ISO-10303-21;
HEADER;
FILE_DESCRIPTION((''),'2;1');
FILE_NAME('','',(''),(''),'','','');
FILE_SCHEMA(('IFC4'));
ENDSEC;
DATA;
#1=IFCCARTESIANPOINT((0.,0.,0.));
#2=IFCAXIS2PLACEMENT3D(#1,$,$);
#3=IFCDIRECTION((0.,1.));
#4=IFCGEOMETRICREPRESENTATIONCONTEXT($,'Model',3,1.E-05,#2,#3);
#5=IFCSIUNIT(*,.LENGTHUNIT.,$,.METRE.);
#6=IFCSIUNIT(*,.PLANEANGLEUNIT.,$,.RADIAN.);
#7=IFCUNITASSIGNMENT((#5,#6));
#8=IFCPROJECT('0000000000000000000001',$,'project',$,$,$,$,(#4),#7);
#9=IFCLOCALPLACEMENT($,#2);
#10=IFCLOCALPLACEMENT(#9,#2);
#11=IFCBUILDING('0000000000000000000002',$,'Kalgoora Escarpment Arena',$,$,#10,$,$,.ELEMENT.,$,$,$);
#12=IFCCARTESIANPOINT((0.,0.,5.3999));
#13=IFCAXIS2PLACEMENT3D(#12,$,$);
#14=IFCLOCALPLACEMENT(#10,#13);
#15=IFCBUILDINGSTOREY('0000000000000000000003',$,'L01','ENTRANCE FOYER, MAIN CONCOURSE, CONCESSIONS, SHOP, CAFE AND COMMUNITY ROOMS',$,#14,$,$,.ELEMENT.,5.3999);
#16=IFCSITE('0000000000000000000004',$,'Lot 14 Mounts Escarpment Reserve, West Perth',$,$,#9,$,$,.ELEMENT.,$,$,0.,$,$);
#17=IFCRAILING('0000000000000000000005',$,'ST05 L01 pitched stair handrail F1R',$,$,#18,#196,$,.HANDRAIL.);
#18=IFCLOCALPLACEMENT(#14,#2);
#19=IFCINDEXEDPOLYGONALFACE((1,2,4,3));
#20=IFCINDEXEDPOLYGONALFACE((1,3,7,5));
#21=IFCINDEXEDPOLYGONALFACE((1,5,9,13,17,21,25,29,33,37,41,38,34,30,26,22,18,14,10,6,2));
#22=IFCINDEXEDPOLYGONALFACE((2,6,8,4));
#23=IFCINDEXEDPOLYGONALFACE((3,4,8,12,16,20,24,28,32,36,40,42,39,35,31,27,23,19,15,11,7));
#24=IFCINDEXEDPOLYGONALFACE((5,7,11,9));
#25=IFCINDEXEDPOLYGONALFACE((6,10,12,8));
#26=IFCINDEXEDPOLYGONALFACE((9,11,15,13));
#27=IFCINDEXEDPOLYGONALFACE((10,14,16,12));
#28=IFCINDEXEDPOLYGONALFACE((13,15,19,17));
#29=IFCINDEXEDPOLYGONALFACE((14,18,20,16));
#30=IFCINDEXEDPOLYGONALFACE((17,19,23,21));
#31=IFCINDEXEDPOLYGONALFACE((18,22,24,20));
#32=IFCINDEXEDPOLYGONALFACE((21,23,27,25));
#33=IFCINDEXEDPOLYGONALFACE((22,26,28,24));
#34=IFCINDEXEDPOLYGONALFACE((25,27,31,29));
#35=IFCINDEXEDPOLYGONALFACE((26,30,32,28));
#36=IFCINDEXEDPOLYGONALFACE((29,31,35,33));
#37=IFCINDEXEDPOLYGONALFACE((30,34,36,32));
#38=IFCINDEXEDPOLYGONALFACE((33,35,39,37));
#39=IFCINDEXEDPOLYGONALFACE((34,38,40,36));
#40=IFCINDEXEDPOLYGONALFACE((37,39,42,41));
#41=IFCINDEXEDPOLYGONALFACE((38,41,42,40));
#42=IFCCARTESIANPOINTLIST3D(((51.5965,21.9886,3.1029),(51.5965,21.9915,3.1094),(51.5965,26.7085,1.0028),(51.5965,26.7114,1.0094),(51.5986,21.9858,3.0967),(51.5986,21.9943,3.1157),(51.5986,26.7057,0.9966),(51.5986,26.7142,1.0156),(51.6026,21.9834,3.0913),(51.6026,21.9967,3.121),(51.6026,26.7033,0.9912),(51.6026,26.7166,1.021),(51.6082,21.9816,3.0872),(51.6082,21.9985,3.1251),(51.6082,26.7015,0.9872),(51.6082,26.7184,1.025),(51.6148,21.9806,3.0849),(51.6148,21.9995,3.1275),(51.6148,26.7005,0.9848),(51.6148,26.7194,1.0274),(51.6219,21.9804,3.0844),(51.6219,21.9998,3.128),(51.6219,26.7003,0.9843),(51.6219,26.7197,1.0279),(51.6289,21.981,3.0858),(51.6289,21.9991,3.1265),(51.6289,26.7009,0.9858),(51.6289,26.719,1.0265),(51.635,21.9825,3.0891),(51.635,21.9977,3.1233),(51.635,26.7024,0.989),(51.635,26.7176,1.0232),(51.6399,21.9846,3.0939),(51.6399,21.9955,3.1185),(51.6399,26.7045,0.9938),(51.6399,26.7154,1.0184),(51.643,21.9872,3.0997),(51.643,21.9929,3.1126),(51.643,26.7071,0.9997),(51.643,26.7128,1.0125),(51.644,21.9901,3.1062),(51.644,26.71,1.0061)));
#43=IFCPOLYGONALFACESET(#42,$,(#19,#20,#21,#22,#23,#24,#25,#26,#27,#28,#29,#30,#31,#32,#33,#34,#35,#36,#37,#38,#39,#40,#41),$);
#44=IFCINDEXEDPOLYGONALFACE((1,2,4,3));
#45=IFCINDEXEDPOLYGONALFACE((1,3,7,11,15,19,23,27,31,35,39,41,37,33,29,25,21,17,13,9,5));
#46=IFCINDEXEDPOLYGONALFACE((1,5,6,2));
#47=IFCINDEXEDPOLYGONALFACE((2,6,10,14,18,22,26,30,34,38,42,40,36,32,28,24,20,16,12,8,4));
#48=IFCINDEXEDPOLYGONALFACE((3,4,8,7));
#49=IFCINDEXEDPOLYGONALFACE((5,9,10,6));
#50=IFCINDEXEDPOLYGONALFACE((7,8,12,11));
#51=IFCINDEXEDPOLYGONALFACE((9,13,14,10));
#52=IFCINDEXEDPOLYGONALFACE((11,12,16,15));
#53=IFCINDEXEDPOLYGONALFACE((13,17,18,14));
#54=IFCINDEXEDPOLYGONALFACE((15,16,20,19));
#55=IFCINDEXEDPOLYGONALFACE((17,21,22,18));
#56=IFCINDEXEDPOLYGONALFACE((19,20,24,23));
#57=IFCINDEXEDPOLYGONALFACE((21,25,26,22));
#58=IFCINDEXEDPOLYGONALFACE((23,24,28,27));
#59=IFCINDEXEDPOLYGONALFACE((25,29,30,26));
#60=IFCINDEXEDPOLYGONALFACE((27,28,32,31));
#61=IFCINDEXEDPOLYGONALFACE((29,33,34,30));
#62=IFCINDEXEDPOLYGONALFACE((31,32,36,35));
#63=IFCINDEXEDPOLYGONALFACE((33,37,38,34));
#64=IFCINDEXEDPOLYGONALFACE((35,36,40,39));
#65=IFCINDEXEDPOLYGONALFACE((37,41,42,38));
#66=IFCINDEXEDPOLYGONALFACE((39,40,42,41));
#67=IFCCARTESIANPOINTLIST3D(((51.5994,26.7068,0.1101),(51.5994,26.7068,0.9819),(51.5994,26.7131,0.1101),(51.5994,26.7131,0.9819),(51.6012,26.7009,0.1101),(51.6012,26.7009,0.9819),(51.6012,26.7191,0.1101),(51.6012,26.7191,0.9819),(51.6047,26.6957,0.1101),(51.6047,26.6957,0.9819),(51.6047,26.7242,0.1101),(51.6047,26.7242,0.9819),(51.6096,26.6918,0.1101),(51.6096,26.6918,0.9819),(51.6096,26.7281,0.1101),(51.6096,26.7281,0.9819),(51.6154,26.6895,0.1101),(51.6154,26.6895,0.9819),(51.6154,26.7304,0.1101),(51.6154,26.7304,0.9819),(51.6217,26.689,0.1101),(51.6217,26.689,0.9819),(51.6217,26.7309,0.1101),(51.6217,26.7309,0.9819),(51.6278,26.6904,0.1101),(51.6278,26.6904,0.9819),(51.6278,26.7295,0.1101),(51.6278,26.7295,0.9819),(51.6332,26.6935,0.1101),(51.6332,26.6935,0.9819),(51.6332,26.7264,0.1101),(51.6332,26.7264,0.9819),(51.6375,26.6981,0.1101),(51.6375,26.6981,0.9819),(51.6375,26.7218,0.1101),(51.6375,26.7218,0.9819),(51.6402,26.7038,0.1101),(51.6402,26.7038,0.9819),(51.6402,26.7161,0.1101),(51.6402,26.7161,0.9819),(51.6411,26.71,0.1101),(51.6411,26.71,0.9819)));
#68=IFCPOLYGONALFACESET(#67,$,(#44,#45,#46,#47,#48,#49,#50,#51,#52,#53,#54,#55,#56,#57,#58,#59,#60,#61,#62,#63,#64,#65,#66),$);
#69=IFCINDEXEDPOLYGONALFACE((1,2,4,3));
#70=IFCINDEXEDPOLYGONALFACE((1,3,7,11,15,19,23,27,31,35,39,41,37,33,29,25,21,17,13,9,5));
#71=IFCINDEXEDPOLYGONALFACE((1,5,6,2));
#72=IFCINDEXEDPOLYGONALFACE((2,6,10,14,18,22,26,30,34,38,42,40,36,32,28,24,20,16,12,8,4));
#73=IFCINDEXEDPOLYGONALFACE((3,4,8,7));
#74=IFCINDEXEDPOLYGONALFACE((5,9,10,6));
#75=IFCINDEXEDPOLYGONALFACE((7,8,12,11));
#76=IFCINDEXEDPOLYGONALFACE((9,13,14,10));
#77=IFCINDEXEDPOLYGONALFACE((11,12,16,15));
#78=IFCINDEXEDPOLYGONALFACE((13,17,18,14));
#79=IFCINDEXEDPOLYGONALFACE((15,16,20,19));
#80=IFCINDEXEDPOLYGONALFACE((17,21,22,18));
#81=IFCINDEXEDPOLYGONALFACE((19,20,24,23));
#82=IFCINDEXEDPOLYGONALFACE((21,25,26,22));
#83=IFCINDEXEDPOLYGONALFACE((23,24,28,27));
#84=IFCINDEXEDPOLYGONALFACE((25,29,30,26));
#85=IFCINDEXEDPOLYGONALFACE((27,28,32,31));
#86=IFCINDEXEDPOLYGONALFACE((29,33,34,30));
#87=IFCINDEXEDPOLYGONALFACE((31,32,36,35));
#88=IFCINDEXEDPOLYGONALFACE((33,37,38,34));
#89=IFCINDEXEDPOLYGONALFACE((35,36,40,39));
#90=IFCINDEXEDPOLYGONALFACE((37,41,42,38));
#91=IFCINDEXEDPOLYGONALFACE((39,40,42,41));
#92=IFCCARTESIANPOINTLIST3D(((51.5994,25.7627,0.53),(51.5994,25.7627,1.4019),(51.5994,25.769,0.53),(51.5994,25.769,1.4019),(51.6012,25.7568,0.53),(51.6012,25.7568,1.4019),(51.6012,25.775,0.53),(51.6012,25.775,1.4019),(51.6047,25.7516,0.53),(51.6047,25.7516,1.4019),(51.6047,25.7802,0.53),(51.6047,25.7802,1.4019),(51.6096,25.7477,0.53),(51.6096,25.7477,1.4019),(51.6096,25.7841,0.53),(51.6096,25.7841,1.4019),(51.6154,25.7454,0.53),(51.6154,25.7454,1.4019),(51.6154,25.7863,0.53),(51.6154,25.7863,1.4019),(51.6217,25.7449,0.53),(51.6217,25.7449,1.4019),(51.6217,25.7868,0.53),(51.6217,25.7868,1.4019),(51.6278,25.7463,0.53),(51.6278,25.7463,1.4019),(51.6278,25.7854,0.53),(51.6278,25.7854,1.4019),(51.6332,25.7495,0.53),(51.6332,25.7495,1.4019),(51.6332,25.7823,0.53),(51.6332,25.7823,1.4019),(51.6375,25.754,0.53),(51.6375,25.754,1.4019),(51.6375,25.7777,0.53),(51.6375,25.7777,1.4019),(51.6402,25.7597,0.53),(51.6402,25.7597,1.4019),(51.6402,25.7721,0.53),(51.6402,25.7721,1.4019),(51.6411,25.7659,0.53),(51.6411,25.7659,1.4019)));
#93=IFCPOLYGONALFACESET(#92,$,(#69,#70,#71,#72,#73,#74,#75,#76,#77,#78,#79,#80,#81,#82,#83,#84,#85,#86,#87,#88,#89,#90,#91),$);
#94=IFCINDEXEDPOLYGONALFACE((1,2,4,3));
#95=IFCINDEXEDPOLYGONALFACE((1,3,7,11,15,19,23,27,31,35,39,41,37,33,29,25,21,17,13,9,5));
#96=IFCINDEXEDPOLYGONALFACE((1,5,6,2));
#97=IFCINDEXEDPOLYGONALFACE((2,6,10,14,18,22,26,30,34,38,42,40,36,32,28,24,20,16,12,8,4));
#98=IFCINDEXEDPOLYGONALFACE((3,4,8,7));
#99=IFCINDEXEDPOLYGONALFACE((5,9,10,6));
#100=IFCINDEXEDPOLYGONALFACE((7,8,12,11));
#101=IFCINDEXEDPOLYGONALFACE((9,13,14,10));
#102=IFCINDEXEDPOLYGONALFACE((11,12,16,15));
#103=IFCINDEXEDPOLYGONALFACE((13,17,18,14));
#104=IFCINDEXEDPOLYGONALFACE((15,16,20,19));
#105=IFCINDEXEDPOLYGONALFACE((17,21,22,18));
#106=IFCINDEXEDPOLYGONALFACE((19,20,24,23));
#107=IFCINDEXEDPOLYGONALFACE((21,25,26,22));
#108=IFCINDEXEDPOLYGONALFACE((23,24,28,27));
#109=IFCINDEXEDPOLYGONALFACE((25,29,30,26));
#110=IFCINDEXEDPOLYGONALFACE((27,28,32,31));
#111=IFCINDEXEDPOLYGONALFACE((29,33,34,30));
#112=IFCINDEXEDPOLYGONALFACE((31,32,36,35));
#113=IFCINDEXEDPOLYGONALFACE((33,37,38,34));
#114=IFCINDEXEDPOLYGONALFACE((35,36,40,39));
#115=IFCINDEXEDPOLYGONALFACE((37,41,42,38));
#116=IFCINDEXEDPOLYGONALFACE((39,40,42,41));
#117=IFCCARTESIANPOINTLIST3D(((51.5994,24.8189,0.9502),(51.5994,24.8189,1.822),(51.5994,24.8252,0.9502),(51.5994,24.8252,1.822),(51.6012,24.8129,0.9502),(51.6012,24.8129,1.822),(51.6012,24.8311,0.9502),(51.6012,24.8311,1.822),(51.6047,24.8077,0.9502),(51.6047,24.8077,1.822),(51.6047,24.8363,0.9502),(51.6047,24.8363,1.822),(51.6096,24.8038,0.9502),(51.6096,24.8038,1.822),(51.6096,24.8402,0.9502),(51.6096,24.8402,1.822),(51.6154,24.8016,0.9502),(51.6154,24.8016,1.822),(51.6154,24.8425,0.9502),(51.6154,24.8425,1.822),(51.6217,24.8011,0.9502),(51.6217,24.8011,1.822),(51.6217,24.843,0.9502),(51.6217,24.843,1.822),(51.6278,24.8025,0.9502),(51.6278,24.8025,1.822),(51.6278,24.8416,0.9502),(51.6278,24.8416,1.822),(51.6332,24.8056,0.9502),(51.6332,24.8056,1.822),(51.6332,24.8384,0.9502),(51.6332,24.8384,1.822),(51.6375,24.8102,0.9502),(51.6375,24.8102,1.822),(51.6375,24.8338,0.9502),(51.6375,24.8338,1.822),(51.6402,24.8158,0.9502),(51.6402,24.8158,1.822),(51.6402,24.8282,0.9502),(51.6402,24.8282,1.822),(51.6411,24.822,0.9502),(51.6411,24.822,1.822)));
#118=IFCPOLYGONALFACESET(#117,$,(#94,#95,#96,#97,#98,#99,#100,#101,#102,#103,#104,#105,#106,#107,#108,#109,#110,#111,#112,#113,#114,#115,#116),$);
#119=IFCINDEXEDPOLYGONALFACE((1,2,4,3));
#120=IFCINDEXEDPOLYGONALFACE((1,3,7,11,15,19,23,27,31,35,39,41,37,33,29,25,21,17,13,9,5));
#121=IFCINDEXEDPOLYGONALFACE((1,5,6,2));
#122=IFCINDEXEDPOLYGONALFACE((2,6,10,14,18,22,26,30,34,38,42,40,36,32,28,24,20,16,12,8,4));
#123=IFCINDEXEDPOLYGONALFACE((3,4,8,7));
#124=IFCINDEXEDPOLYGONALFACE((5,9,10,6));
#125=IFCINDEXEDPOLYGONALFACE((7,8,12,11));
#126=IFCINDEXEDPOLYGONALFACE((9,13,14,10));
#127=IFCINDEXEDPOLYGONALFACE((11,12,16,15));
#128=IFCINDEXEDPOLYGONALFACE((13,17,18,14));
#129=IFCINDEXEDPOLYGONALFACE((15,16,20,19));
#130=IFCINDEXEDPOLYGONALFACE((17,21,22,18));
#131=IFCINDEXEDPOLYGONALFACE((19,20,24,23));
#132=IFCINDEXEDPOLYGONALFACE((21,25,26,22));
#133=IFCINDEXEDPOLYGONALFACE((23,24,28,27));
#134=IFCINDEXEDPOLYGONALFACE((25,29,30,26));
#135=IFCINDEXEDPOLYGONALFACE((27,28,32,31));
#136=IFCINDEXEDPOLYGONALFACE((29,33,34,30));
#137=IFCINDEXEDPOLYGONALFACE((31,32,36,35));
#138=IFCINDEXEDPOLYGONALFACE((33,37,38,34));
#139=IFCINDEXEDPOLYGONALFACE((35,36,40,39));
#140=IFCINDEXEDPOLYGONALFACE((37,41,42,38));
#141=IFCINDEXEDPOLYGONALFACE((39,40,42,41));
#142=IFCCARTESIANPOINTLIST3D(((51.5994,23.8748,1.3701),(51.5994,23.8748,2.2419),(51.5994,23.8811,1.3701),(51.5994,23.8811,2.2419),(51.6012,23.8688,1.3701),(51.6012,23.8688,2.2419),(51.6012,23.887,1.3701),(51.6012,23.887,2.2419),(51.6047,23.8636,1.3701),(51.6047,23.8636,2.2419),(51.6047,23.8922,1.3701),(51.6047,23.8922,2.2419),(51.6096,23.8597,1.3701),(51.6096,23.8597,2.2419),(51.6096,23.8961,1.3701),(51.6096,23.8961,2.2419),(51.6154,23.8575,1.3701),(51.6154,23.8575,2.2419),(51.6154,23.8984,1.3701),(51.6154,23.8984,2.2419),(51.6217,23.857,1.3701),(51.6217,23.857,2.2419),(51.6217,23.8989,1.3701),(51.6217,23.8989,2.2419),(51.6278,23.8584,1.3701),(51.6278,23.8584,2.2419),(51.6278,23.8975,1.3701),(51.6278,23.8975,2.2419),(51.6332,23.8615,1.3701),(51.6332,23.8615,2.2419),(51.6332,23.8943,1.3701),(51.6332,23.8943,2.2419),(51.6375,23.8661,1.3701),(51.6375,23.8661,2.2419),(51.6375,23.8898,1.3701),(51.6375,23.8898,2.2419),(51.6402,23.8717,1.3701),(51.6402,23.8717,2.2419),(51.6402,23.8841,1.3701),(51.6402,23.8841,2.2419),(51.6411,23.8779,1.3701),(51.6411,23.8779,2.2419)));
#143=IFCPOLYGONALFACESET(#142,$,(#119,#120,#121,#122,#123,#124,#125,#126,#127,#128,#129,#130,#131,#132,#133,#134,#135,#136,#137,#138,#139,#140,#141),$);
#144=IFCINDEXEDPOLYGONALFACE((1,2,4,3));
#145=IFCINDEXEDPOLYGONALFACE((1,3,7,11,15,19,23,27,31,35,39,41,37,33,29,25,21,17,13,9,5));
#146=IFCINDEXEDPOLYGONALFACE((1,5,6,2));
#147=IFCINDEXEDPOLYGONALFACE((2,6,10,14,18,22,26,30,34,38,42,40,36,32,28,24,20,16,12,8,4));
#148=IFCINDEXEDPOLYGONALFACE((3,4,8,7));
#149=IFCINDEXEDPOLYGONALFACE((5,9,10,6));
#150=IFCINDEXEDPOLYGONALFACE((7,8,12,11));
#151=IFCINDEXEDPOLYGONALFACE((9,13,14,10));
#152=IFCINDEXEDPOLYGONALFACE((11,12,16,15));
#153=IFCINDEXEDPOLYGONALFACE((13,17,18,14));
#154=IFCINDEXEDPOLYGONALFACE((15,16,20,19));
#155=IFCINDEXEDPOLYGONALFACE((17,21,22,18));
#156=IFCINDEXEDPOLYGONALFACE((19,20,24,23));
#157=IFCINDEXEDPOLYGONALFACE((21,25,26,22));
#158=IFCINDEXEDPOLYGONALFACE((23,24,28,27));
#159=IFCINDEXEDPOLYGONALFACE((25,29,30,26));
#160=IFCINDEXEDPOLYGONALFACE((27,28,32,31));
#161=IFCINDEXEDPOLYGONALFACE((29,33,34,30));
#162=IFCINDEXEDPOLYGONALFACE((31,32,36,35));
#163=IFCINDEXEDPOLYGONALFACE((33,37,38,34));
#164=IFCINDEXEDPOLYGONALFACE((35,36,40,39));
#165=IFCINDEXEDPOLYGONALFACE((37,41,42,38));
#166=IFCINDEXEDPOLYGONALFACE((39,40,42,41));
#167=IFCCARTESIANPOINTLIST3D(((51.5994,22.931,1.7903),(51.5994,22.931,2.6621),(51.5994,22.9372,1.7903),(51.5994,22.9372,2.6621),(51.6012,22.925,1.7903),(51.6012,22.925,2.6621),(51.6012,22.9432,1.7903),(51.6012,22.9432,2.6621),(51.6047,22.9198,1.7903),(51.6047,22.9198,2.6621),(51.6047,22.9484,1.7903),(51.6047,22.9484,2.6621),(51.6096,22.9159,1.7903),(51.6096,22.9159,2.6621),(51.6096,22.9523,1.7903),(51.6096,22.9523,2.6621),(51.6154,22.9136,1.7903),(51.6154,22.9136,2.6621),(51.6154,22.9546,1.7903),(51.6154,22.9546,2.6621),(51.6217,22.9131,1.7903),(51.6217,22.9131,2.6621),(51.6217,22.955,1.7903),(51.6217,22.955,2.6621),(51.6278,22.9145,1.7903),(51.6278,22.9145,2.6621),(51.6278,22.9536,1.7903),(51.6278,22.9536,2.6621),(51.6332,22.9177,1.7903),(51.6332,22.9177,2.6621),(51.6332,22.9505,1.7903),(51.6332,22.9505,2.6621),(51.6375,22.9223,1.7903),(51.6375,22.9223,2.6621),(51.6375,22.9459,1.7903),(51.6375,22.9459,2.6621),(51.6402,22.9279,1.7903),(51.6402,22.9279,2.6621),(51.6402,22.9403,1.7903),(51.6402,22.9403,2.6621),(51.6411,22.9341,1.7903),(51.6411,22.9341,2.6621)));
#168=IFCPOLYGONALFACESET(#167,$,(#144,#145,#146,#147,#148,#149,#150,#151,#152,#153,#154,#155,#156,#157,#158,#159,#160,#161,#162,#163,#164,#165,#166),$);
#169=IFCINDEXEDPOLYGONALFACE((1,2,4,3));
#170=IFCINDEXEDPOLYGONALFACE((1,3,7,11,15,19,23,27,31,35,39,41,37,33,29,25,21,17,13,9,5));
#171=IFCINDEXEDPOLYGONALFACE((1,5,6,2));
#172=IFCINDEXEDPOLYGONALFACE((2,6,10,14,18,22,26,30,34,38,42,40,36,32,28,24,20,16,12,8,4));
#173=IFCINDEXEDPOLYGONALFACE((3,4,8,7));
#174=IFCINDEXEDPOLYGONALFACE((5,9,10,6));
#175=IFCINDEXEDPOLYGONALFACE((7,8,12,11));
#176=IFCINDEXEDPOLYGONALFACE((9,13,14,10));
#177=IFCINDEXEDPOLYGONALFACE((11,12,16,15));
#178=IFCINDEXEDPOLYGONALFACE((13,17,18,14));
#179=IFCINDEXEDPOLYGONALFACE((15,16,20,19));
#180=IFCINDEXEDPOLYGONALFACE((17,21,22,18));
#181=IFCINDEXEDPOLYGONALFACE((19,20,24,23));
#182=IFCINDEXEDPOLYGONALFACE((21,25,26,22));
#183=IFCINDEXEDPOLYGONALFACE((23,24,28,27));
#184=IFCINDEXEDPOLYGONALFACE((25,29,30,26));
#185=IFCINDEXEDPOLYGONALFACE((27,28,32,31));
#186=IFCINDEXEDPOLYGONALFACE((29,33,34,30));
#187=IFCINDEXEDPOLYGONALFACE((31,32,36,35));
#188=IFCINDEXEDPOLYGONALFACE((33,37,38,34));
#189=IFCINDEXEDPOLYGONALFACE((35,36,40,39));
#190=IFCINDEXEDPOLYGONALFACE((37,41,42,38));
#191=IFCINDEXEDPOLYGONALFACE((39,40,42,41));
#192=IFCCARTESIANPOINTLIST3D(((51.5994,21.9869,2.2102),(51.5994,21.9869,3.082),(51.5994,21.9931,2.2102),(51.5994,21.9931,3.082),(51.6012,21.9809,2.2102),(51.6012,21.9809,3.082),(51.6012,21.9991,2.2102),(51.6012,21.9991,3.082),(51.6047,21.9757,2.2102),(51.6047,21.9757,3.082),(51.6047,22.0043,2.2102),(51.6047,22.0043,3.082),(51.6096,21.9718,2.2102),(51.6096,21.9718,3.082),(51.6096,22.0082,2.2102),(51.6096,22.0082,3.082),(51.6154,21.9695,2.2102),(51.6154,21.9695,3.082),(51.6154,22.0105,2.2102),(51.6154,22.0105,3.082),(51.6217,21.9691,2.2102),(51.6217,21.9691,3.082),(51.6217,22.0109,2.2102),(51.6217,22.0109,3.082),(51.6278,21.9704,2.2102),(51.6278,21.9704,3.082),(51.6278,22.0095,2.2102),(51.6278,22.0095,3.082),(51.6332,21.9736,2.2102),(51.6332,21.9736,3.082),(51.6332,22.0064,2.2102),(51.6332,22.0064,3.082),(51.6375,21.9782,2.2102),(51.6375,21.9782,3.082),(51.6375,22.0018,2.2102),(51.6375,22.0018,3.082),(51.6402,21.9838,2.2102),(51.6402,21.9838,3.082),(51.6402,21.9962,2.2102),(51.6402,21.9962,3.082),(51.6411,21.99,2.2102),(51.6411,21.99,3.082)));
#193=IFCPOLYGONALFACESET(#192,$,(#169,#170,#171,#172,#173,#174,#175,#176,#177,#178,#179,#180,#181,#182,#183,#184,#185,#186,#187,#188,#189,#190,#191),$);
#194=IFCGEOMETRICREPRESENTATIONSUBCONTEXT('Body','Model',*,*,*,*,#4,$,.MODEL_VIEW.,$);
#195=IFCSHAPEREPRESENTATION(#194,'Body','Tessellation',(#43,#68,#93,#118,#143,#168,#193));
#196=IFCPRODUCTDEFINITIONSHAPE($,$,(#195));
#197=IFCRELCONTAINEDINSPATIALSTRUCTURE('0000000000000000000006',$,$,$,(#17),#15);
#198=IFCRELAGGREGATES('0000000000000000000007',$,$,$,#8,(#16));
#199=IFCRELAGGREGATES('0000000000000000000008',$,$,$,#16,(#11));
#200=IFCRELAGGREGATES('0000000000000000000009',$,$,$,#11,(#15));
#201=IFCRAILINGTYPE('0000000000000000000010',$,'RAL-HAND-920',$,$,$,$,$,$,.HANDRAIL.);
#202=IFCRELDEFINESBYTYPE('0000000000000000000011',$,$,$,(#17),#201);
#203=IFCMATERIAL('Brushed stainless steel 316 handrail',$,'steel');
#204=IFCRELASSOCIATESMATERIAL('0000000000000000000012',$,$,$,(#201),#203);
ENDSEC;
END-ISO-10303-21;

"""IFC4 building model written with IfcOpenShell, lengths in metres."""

from ifc_helpers import new_model, si_unit, direction, frame, origin, origin_2d, place, context, subcontext, project, spatial, circle, extrude, material, type_object, element, save


model = new_model("IFC4")

# Units and contexts
model_context = context("Model", 3, precision=1e-05, world=origin(), true_north=direction((0.0, 1.0)))
body_context = subcontext(model_context, "Body", "Model", "MODEL_VIEW")
ifc_project = project(units=[si_unit("LENGTHUNIT", "METRE"), si_unit("PLANEANGLEUNIT", "RADIAN")], contexts=[model_context])

# Site, building, storey
site_placement = place(None, origin())
site = spatial("IfcSite", under=ifc_project, at=site_placement, Name="Lot 14 Mounts Escarpment Reserve, West Perth", CompositionType="ELEMENT", RefElevation=0.0)
building_placement = place(site_placement, origin())
building = spatial("IfcBuilding", under=site, at=building_placement, Name="Kalgoora Escarpment Arena", CompositionType="ELEMENT")
storey_placement = place(building_placement, frame((0.0, 0.0, 5.3999)))
storey = spatial("IfcBuildingStorey", under=building, at=storey_placement, Name="L01", Description="ENTRANCE FOYER, MAIN CONCOURSE, CONCESSIONS, SHOP, CAFE AND COMMUNITY ROOMS", CompositionType="ELEMENT", Elevation=5.3999)

# Railing
ifc_material_1 = material(Name="Brushed stainless steel 316 handrail", Category="steel")
railing_type_1 = type_object("IfcRailingType", Name="RAL-HAND-920", PredefinedType="HANDRAIL", material=ifc_material_1)
for number, where, name in (
    (1, (51.6201, 26.71, 0.1101), "ST05 L01 pitched stair handrail F1R"),
):
    element("IfcRailing", number, at=place(storey_placement, frame(where)), inside=storey, type_object=railing_type_1, Name=name, PredefinedType="HANDRAIL", context=body_context, shape_type="SweptSolid", body=[
        extrude(circle(Radius=0.0239, at=origin_2d()), frame((0.0, 0.0, 0.896), z_axis=(0.0, -0.913644, 0.406516), x_axis=(1.0, 0.0, 0.0)), (0.0, 0.0, 1.0), 5.166),
        extrude(circle(Radius=0.021, at=origin_2d()), origin(), (0.0, 0.0, 1.0), 0.8718),
        extrude(circle(Radius=0.021, at=origin_2d()), frame((0.0, -0.9441, 0.4199)), (0.0, 0.0, 1.0), 0.8718),
        extrude(circle(Radius=0.021, at=origin_2d()), frame((0.0, -1.8879, 0.8401)), (0.0, 0.0, 1.0), 0.8718),
        extrude(circle(Radius=0.021, at=origin_2d()), frame((0.0, -2.832, 1.26)), (0.0, 0.0, 1.0), 0.8718),
        extrude(circle(Radius=0.021, at=origin_2d()), frame((0.0, -3.7759, 1.6802)), (0.0, 0.0, 1.0), 0.8718),
        extrude(circle(Radius=0.021, at=origin_2d()), frame((0.0, -4.72, 2.1001)), (0.0, 0.0, 1.0), 0.8718),
    ])

save(model, "model.ifc")
